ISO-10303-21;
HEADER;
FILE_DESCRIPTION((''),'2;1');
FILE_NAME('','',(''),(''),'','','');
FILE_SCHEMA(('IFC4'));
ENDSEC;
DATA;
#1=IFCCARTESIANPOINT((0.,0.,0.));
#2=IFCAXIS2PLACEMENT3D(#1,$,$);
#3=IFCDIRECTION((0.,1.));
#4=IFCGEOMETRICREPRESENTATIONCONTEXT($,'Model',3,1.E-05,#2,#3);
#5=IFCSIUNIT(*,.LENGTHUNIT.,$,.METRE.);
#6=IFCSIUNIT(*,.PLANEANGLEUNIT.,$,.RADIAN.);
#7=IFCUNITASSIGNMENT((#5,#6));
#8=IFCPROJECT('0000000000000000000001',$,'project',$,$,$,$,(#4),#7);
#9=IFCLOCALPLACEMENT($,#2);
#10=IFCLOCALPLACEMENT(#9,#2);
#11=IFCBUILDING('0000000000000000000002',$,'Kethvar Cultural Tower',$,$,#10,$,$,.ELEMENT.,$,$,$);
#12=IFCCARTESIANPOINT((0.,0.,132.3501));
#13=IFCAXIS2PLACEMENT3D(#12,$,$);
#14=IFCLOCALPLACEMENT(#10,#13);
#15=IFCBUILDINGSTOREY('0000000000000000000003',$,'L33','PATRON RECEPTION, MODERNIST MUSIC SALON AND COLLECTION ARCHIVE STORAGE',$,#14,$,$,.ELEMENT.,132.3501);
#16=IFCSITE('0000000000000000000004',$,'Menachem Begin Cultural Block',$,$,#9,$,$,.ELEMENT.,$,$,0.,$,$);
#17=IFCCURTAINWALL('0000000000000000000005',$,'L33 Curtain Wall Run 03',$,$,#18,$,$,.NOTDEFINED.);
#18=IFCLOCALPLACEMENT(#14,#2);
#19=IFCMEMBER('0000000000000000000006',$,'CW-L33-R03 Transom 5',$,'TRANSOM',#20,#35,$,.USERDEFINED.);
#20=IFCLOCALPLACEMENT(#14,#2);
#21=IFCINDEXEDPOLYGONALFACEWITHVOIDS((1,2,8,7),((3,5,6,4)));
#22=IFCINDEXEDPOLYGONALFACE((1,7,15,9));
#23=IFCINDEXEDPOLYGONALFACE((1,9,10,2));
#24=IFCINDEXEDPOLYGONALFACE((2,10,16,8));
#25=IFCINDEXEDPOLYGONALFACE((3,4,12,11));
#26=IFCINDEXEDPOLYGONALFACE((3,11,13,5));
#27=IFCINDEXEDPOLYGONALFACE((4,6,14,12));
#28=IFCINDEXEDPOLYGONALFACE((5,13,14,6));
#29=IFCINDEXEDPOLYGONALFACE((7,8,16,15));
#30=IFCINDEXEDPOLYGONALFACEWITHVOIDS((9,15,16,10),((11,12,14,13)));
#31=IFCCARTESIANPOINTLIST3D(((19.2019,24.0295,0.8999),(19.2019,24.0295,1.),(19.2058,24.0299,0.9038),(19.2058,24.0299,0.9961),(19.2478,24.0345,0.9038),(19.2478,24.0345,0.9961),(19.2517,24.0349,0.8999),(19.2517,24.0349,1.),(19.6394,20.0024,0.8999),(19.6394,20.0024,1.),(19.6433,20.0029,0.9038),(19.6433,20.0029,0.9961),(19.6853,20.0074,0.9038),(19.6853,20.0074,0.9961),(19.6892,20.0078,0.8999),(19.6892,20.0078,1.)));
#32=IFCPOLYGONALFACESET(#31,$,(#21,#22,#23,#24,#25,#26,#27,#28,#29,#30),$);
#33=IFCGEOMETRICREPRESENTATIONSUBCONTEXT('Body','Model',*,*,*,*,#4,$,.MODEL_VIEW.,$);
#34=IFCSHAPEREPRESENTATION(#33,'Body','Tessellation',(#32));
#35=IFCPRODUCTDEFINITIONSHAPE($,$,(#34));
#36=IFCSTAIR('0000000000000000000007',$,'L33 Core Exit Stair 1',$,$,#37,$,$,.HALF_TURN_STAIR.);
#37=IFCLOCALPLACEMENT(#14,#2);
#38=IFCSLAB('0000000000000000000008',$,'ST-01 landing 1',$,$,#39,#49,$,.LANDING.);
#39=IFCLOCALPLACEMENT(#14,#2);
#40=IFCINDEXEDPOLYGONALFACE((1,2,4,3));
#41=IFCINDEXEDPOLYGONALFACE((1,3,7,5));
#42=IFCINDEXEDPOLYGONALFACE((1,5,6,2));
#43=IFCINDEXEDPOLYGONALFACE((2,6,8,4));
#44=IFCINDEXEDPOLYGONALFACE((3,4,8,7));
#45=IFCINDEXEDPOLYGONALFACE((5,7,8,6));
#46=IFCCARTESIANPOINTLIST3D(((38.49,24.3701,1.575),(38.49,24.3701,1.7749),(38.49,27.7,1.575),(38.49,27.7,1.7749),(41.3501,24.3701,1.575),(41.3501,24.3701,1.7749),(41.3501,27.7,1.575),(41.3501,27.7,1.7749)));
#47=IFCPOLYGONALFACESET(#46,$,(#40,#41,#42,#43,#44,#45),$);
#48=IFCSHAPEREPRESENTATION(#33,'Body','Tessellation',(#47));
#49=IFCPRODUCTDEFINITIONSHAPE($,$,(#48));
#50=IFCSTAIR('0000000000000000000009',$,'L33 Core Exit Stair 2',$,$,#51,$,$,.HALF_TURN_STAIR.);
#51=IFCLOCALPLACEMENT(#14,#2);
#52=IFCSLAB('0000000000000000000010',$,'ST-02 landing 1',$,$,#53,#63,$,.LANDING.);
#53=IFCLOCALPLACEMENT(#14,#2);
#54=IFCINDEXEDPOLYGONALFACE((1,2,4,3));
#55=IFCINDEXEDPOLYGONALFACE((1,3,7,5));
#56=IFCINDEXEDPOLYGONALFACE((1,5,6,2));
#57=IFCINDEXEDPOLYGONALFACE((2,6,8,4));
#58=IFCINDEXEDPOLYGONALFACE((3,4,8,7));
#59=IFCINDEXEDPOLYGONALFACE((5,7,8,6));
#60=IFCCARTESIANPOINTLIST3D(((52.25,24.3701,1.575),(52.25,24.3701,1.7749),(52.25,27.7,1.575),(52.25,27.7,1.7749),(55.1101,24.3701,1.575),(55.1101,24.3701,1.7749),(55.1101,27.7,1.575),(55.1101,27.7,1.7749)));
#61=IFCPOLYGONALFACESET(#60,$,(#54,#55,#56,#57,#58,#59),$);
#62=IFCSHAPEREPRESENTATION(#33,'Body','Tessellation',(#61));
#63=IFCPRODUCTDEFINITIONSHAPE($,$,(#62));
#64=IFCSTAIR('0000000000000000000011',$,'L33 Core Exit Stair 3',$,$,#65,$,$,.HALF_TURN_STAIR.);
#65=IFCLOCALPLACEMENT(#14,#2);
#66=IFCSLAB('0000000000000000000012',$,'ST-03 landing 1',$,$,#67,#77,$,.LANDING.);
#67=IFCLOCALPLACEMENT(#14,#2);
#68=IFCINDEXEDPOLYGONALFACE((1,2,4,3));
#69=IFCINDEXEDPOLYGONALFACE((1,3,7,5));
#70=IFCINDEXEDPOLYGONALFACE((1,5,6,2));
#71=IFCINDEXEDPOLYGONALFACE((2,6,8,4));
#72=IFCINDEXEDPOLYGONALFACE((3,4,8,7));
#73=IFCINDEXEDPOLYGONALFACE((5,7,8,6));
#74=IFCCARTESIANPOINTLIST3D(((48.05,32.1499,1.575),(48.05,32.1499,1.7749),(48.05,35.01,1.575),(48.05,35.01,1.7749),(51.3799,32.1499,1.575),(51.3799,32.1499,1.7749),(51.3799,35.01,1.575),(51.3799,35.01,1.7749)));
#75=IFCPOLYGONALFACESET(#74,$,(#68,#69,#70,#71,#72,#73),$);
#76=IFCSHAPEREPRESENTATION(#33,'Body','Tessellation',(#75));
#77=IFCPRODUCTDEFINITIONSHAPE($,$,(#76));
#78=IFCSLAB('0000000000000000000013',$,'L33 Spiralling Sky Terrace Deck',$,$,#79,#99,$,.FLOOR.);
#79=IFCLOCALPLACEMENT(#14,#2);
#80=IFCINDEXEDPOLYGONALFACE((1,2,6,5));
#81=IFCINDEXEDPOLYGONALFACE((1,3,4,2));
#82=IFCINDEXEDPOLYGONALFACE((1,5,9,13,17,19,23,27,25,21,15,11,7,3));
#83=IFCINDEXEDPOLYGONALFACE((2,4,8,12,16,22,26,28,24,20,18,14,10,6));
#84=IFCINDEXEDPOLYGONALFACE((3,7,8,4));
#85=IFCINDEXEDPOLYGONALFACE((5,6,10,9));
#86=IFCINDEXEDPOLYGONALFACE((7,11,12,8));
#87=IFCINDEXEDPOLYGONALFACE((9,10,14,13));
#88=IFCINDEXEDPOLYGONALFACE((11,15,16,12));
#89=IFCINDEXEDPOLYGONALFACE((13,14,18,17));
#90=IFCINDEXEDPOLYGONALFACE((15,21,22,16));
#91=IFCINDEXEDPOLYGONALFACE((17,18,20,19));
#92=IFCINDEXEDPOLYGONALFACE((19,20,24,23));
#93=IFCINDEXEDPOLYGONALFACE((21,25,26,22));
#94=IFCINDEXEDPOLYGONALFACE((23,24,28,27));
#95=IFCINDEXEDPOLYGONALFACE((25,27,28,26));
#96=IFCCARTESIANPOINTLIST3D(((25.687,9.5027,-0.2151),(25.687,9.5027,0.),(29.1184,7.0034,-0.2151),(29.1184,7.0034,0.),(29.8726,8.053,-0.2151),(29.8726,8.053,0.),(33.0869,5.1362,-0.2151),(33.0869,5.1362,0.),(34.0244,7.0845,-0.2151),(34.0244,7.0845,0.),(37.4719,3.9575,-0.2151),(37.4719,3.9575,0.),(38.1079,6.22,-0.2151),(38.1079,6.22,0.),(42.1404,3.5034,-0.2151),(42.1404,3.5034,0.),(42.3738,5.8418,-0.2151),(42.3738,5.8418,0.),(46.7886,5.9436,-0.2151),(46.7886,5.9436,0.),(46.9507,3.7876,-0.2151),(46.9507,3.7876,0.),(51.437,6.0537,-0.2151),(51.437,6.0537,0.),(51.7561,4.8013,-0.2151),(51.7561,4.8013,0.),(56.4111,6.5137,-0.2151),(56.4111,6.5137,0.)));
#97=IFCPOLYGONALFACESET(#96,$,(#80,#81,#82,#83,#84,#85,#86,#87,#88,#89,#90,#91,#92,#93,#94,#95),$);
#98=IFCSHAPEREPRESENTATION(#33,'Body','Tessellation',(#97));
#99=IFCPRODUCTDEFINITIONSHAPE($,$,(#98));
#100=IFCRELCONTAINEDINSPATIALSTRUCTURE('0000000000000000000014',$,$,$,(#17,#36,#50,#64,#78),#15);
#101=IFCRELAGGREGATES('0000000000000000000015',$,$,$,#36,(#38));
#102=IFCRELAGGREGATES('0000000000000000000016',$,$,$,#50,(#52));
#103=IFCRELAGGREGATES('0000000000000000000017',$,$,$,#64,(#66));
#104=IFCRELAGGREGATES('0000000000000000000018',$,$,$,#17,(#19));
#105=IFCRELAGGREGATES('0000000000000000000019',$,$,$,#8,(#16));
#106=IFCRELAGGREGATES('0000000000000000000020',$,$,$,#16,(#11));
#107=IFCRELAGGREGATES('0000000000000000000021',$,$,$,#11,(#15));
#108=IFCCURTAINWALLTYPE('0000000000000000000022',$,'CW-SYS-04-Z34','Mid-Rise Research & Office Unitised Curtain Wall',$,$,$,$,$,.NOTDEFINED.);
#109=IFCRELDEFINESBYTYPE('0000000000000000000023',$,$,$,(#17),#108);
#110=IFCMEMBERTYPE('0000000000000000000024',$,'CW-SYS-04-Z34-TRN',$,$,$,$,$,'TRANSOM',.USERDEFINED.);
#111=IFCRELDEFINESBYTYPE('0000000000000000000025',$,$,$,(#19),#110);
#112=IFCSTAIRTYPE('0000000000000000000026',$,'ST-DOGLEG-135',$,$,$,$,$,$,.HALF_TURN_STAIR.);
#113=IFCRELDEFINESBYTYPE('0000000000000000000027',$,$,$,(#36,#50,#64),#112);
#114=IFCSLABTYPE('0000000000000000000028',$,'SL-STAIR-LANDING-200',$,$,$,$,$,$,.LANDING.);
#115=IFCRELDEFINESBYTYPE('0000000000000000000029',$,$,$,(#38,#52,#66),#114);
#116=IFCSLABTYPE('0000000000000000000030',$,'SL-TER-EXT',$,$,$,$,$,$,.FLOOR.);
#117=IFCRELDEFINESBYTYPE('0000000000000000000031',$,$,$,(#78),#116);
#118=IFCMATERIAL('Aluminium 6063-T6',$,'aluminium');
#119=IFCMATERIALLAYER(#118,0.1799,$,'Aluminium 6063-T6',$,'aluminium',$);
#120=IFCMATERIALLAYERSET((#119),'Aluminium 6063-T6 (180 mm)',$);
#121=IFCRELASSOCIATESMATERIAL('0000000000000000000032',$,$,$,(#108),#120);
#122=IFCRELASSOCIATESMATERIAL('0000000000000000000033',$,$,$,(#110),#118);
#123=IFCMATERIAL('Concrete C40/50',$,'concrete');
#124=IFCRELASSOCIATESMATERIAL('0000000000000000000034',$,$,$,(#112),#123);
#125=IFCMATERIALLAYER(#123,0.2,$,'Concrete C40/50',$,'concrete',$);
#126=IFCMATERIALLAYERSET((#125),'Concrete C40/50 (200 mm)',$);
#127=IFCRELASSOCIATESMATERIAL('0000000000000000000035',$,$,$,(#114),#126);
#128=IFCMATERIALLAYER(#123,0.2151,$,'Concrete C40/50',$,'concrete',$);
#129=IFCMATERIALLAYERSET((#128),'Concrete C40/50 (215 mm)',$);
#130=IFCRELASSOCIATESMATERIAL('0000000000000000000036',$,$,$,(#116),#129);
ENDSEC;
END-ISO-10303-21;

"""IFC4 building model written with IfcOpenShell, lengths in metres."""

from ifc_helpers import new_model, si_unit, direction, frame, origin, origin_2d, place, context, subcontext, project, spatial, polyline, hollow_rectangle, outline, extrude, source, transform, mapped, material, layer, layer_set, material_profile, profile_set, type_object, element, aggregate, save


model = new_model("IFC4")

# Units and contexts
model_context = context("Model", 3, precision=1e-05, world=origin(), true_north=direction((0.0, 1.0)))
body_context = subcontext(model_context, "Body", "Model", "MODEL_VIEW")
ifc_project = project(units=[si_unit("LENGTHUNIT", "METRE"), si_unit("PLANEANGLEUNIT", "RADIAN")], contexts=[model_context])

# Site, building, storey
site_placement = place(None, origin())
site = spatial("IfcSite", under=ifc_project, at=site_placement, Name="Menachem Begin Cultural Block", CompositionType="ELEMENT", RefElevation=0.0)
building_placement = place(site_placement, origin())
building = spatial("IfcBuilding", under=site, at=building_placement, Name="Kethvar Cultural Tower", CompositionType="ELEMENT")
storey_placement = place(building_placement, frame((0.0, 0.0, 132.3501)))
storey = spatial("IfcBuildingStorey", under=building, at=storey_placement, Name="L33", Description="PATRON RECEPTION, MODERNIST MUSIC SALON AND COLLECTION ARCHIVE STORAGE", CompositionType="ELEMENT", Elevation=132.3501)

# Curtain wall, member
ifc_material_1 = material(Name="Aluminium 6063-T6", Category="aluminium")
ifc_layer_1 = layer(ifc_material_1, 0.1799, Name="Aluminium 6063-T6", Category="aluminium")
ifc_layer_set_1 = layer_set([ifc_layer_1], Name="Aluminium 6063-T6 (180 mm)")
curtain_wall_type = type_object("IfcCurtainWallType", Name="CW-SYS-04-Z34", Description="Mid-Rise Research & Office Unitised Curtain Wall", PredefinedType="NOTDEFINED", material=ifc_layer_set_1)
curtain_wall_placement = place(storey_placement, origin())
curtain_wall = element("IfcCurtainWall", 1, at=curtain_wall_placement, inside=storey, type_object=curtain_wall_type, Name="L33 Curtain Wall Run 03", PredefinedType="NOTDEFINED")
ifc_material_profile = material_profile(ifc_material_1, hollow_rectangle(XDim=0.05, YDim=0.1001, WallThickness=0.0039, at=origin_2d()), Name="Aluminium 6063-T6 — RHS100x50x4")
ifc_profile_set = profile_set([ifc_material_profile], Name="Aluminium 6063-T6 — RHS100x50x4")
member_type = type_object("IfcMemberType", Name="CW-SYS-04-Z34-TRN", ElementType="TRANSOM", PredefinedType="USERDEFINED", material=ifc_profile_set)
shared_shape_1 = source(origin(), body_context, "Body", "SweptSolid", [
    extrude(hollow_rectangle(XDim=0.05, YDim=0.1001, WallThickness=0.0039, at=origin_2d()), origin(), (0.0, 0.0, 1.0), 4.0508),
])
member_placement = place(storey_placement, frame((19.2268, 24.0322, 0.95), z_axis=(0.108003, -0.994151, 0.0), x_axis=(0.994151, 0.108003, 0.0)))
member = element("IfcMember", 2, at=member_placement, type_object=member_type, Name="CW-L33-R03 Transom 5", ObjectType="TRANSOM", PredefinedType="USERDEFINED", context=body_context, shape_type="MappedRepresentation", body=[
    mapped(shared_shape_1, transform((0.0, 0.0, 0.0), scale=1.0)),
])

# Stairs, slabs
ifc_material_2 = material(Name="Concrete C40/50", Category="concrete")
stair_type = type_object("IfcStairType", Name="ST-DOGLEG-135", PredefinedType="HALF_TURN_STAIR", material=ifc_material_2)
stair_1_placement = place(storey_placement, origin())
stair_1 = element("IfcStair", 3, at=stair_1_placement, inside=storey, type_object=stair_type, Name="L33 Core Exit Stair 1", PredefinedType="HALF_TURN_STAIR")
ifc_layer_2 = layer(ifc_material_2, 0.2, Name="Concrete C40/50", Category="concrete")
ifc_layer_set_2 = layer_set([ifc_layer_2], Name="Concrete C40/50 (200 mm)")
slab_type_1 = type_object("IfcSlabType", Name="SL-STAIR-LANDING-200", PredefinedType="LANDING", material=ifc_layer_set_2)
slab_1_placement = place(storey_placement, frame((0.0, 0.0, 1.575)))
slab_1 = element("IfcSlab", 4, at=slab_1_placement, type_object=slab_type_1, Name="ST-01 landing 1", PredefinedType="LANDING", context=body_context, shape_type="SweptSolid", body=[
    extrude(outline(polyline([(41.3501, 24.3701), (41.3501, 27.7), (38.49, 27.7), (38.49, 24.3701), (41.3501, 24.3701)])), origin(), (0.0, 0.0, 1.0), 0.2),
])
aggregate(stair_1, [slab_1])
stair_2_placement = place(storey_placement, origin())
stair_2 = element("IfcStair", 5, at=stair_2_placement, inside=storey, type_object=stair_type, Name="L33 Core Exit Stair 2", PredefinedType="HALF_TURN_STAIR")
slab_2_placement = place(storey_placement, frame((0.0, 0.0, 1.575)))
slab_2 = element("IfcSlab", 6, at=slab_2_placement, type_object=slab_type_1, Name="ST-02 landing 1", PredefinedType="LANDING", context=body_context, shape_type="SweptSolid", body=[
    extrude(outline(polyline([(55.1101, 24.3701), (55.1101, 27.7), (52.25, 27.7), (52.25, 24.3701), (55.1101, 24.3701)])), origin(), (0.0, 0.0, 1.0), 0.2),
])
aggregate(stair_2, [slab_2])
stair_3_placement = place(storey_placement, origin())
stair_3 = element("IfcStair", 7, at=stair_3_placement, inside=storey, type_object=stair_type, Name="L33 Core Exit Stair 3", PredefinedType="HALF_TURN_STAIR")
slab_3_placement = place(storey_placement, frame((0.0, 0.0, 1.575)))
slab_3 = element("IfcSlab", 8, at=slab_3_placement, type_object=slab_type_1, Name="ST-03 landing 1", PredefinedType="LANDING", context=body_context, shape_type="SweptSolid", body=[
    extrude(outline(polyline([(51.3799, 35.01), (48.05, 35.01), (48.05, 32.1499), (51.3799, 32.1499), (51.3799, 35.01)])), origin(), (0.0, 0.0, 1.0), 0.2),
])
aggregate(stair_3, [slab_3])

# Slab
ifc_layer_3 = layer(ifc_material_2, 0.2151, Name="Concrete C40/50", Category="concrete")
ifc_layer_set_3 = layer_set([ifc_layer_3], Name="Concrete C40/50 (215 mm)")
slab_type_2 = type_object("IfcSlabType", Name="SL-TER-EXT", PredefinedType="FLOOR", material=ifc_layer_set_3)
slab_4_placement = place(storey_placement, frame((0.0, 0.0, -0.2151)))
element("IfcSlab", 9, at=slab_4_placement, inside=storey, type_object=slab_type_2, Name="L33 Spiralling Sky Terrace Deck", PredefinedType="FLOOR", context=body_context, shape_type="SweptSolid", body=[
    extrude(outline(polyline([(25.687, 9.5027), (29.1184, 7.0034), (33.0869, 5.1362), (37.4719, 3.9575), (42.1404, 3.5034), (46.9507, 3.7876), (51.7561, 4.8013), (56.4111, 6.5137), (51.437, 6.0537), (46.7886, 5.9436), (42.3738, 5.8418), (38.1079, 6.22), (34.0244, 7.0845), (29.8726, 8.053), (25.687, 9.5027)])), origin(), (0.0, 0.0, 1.0), 0.2151),
])

aggregate(curtain_wall, [member])

save(model, "model.ifc")
